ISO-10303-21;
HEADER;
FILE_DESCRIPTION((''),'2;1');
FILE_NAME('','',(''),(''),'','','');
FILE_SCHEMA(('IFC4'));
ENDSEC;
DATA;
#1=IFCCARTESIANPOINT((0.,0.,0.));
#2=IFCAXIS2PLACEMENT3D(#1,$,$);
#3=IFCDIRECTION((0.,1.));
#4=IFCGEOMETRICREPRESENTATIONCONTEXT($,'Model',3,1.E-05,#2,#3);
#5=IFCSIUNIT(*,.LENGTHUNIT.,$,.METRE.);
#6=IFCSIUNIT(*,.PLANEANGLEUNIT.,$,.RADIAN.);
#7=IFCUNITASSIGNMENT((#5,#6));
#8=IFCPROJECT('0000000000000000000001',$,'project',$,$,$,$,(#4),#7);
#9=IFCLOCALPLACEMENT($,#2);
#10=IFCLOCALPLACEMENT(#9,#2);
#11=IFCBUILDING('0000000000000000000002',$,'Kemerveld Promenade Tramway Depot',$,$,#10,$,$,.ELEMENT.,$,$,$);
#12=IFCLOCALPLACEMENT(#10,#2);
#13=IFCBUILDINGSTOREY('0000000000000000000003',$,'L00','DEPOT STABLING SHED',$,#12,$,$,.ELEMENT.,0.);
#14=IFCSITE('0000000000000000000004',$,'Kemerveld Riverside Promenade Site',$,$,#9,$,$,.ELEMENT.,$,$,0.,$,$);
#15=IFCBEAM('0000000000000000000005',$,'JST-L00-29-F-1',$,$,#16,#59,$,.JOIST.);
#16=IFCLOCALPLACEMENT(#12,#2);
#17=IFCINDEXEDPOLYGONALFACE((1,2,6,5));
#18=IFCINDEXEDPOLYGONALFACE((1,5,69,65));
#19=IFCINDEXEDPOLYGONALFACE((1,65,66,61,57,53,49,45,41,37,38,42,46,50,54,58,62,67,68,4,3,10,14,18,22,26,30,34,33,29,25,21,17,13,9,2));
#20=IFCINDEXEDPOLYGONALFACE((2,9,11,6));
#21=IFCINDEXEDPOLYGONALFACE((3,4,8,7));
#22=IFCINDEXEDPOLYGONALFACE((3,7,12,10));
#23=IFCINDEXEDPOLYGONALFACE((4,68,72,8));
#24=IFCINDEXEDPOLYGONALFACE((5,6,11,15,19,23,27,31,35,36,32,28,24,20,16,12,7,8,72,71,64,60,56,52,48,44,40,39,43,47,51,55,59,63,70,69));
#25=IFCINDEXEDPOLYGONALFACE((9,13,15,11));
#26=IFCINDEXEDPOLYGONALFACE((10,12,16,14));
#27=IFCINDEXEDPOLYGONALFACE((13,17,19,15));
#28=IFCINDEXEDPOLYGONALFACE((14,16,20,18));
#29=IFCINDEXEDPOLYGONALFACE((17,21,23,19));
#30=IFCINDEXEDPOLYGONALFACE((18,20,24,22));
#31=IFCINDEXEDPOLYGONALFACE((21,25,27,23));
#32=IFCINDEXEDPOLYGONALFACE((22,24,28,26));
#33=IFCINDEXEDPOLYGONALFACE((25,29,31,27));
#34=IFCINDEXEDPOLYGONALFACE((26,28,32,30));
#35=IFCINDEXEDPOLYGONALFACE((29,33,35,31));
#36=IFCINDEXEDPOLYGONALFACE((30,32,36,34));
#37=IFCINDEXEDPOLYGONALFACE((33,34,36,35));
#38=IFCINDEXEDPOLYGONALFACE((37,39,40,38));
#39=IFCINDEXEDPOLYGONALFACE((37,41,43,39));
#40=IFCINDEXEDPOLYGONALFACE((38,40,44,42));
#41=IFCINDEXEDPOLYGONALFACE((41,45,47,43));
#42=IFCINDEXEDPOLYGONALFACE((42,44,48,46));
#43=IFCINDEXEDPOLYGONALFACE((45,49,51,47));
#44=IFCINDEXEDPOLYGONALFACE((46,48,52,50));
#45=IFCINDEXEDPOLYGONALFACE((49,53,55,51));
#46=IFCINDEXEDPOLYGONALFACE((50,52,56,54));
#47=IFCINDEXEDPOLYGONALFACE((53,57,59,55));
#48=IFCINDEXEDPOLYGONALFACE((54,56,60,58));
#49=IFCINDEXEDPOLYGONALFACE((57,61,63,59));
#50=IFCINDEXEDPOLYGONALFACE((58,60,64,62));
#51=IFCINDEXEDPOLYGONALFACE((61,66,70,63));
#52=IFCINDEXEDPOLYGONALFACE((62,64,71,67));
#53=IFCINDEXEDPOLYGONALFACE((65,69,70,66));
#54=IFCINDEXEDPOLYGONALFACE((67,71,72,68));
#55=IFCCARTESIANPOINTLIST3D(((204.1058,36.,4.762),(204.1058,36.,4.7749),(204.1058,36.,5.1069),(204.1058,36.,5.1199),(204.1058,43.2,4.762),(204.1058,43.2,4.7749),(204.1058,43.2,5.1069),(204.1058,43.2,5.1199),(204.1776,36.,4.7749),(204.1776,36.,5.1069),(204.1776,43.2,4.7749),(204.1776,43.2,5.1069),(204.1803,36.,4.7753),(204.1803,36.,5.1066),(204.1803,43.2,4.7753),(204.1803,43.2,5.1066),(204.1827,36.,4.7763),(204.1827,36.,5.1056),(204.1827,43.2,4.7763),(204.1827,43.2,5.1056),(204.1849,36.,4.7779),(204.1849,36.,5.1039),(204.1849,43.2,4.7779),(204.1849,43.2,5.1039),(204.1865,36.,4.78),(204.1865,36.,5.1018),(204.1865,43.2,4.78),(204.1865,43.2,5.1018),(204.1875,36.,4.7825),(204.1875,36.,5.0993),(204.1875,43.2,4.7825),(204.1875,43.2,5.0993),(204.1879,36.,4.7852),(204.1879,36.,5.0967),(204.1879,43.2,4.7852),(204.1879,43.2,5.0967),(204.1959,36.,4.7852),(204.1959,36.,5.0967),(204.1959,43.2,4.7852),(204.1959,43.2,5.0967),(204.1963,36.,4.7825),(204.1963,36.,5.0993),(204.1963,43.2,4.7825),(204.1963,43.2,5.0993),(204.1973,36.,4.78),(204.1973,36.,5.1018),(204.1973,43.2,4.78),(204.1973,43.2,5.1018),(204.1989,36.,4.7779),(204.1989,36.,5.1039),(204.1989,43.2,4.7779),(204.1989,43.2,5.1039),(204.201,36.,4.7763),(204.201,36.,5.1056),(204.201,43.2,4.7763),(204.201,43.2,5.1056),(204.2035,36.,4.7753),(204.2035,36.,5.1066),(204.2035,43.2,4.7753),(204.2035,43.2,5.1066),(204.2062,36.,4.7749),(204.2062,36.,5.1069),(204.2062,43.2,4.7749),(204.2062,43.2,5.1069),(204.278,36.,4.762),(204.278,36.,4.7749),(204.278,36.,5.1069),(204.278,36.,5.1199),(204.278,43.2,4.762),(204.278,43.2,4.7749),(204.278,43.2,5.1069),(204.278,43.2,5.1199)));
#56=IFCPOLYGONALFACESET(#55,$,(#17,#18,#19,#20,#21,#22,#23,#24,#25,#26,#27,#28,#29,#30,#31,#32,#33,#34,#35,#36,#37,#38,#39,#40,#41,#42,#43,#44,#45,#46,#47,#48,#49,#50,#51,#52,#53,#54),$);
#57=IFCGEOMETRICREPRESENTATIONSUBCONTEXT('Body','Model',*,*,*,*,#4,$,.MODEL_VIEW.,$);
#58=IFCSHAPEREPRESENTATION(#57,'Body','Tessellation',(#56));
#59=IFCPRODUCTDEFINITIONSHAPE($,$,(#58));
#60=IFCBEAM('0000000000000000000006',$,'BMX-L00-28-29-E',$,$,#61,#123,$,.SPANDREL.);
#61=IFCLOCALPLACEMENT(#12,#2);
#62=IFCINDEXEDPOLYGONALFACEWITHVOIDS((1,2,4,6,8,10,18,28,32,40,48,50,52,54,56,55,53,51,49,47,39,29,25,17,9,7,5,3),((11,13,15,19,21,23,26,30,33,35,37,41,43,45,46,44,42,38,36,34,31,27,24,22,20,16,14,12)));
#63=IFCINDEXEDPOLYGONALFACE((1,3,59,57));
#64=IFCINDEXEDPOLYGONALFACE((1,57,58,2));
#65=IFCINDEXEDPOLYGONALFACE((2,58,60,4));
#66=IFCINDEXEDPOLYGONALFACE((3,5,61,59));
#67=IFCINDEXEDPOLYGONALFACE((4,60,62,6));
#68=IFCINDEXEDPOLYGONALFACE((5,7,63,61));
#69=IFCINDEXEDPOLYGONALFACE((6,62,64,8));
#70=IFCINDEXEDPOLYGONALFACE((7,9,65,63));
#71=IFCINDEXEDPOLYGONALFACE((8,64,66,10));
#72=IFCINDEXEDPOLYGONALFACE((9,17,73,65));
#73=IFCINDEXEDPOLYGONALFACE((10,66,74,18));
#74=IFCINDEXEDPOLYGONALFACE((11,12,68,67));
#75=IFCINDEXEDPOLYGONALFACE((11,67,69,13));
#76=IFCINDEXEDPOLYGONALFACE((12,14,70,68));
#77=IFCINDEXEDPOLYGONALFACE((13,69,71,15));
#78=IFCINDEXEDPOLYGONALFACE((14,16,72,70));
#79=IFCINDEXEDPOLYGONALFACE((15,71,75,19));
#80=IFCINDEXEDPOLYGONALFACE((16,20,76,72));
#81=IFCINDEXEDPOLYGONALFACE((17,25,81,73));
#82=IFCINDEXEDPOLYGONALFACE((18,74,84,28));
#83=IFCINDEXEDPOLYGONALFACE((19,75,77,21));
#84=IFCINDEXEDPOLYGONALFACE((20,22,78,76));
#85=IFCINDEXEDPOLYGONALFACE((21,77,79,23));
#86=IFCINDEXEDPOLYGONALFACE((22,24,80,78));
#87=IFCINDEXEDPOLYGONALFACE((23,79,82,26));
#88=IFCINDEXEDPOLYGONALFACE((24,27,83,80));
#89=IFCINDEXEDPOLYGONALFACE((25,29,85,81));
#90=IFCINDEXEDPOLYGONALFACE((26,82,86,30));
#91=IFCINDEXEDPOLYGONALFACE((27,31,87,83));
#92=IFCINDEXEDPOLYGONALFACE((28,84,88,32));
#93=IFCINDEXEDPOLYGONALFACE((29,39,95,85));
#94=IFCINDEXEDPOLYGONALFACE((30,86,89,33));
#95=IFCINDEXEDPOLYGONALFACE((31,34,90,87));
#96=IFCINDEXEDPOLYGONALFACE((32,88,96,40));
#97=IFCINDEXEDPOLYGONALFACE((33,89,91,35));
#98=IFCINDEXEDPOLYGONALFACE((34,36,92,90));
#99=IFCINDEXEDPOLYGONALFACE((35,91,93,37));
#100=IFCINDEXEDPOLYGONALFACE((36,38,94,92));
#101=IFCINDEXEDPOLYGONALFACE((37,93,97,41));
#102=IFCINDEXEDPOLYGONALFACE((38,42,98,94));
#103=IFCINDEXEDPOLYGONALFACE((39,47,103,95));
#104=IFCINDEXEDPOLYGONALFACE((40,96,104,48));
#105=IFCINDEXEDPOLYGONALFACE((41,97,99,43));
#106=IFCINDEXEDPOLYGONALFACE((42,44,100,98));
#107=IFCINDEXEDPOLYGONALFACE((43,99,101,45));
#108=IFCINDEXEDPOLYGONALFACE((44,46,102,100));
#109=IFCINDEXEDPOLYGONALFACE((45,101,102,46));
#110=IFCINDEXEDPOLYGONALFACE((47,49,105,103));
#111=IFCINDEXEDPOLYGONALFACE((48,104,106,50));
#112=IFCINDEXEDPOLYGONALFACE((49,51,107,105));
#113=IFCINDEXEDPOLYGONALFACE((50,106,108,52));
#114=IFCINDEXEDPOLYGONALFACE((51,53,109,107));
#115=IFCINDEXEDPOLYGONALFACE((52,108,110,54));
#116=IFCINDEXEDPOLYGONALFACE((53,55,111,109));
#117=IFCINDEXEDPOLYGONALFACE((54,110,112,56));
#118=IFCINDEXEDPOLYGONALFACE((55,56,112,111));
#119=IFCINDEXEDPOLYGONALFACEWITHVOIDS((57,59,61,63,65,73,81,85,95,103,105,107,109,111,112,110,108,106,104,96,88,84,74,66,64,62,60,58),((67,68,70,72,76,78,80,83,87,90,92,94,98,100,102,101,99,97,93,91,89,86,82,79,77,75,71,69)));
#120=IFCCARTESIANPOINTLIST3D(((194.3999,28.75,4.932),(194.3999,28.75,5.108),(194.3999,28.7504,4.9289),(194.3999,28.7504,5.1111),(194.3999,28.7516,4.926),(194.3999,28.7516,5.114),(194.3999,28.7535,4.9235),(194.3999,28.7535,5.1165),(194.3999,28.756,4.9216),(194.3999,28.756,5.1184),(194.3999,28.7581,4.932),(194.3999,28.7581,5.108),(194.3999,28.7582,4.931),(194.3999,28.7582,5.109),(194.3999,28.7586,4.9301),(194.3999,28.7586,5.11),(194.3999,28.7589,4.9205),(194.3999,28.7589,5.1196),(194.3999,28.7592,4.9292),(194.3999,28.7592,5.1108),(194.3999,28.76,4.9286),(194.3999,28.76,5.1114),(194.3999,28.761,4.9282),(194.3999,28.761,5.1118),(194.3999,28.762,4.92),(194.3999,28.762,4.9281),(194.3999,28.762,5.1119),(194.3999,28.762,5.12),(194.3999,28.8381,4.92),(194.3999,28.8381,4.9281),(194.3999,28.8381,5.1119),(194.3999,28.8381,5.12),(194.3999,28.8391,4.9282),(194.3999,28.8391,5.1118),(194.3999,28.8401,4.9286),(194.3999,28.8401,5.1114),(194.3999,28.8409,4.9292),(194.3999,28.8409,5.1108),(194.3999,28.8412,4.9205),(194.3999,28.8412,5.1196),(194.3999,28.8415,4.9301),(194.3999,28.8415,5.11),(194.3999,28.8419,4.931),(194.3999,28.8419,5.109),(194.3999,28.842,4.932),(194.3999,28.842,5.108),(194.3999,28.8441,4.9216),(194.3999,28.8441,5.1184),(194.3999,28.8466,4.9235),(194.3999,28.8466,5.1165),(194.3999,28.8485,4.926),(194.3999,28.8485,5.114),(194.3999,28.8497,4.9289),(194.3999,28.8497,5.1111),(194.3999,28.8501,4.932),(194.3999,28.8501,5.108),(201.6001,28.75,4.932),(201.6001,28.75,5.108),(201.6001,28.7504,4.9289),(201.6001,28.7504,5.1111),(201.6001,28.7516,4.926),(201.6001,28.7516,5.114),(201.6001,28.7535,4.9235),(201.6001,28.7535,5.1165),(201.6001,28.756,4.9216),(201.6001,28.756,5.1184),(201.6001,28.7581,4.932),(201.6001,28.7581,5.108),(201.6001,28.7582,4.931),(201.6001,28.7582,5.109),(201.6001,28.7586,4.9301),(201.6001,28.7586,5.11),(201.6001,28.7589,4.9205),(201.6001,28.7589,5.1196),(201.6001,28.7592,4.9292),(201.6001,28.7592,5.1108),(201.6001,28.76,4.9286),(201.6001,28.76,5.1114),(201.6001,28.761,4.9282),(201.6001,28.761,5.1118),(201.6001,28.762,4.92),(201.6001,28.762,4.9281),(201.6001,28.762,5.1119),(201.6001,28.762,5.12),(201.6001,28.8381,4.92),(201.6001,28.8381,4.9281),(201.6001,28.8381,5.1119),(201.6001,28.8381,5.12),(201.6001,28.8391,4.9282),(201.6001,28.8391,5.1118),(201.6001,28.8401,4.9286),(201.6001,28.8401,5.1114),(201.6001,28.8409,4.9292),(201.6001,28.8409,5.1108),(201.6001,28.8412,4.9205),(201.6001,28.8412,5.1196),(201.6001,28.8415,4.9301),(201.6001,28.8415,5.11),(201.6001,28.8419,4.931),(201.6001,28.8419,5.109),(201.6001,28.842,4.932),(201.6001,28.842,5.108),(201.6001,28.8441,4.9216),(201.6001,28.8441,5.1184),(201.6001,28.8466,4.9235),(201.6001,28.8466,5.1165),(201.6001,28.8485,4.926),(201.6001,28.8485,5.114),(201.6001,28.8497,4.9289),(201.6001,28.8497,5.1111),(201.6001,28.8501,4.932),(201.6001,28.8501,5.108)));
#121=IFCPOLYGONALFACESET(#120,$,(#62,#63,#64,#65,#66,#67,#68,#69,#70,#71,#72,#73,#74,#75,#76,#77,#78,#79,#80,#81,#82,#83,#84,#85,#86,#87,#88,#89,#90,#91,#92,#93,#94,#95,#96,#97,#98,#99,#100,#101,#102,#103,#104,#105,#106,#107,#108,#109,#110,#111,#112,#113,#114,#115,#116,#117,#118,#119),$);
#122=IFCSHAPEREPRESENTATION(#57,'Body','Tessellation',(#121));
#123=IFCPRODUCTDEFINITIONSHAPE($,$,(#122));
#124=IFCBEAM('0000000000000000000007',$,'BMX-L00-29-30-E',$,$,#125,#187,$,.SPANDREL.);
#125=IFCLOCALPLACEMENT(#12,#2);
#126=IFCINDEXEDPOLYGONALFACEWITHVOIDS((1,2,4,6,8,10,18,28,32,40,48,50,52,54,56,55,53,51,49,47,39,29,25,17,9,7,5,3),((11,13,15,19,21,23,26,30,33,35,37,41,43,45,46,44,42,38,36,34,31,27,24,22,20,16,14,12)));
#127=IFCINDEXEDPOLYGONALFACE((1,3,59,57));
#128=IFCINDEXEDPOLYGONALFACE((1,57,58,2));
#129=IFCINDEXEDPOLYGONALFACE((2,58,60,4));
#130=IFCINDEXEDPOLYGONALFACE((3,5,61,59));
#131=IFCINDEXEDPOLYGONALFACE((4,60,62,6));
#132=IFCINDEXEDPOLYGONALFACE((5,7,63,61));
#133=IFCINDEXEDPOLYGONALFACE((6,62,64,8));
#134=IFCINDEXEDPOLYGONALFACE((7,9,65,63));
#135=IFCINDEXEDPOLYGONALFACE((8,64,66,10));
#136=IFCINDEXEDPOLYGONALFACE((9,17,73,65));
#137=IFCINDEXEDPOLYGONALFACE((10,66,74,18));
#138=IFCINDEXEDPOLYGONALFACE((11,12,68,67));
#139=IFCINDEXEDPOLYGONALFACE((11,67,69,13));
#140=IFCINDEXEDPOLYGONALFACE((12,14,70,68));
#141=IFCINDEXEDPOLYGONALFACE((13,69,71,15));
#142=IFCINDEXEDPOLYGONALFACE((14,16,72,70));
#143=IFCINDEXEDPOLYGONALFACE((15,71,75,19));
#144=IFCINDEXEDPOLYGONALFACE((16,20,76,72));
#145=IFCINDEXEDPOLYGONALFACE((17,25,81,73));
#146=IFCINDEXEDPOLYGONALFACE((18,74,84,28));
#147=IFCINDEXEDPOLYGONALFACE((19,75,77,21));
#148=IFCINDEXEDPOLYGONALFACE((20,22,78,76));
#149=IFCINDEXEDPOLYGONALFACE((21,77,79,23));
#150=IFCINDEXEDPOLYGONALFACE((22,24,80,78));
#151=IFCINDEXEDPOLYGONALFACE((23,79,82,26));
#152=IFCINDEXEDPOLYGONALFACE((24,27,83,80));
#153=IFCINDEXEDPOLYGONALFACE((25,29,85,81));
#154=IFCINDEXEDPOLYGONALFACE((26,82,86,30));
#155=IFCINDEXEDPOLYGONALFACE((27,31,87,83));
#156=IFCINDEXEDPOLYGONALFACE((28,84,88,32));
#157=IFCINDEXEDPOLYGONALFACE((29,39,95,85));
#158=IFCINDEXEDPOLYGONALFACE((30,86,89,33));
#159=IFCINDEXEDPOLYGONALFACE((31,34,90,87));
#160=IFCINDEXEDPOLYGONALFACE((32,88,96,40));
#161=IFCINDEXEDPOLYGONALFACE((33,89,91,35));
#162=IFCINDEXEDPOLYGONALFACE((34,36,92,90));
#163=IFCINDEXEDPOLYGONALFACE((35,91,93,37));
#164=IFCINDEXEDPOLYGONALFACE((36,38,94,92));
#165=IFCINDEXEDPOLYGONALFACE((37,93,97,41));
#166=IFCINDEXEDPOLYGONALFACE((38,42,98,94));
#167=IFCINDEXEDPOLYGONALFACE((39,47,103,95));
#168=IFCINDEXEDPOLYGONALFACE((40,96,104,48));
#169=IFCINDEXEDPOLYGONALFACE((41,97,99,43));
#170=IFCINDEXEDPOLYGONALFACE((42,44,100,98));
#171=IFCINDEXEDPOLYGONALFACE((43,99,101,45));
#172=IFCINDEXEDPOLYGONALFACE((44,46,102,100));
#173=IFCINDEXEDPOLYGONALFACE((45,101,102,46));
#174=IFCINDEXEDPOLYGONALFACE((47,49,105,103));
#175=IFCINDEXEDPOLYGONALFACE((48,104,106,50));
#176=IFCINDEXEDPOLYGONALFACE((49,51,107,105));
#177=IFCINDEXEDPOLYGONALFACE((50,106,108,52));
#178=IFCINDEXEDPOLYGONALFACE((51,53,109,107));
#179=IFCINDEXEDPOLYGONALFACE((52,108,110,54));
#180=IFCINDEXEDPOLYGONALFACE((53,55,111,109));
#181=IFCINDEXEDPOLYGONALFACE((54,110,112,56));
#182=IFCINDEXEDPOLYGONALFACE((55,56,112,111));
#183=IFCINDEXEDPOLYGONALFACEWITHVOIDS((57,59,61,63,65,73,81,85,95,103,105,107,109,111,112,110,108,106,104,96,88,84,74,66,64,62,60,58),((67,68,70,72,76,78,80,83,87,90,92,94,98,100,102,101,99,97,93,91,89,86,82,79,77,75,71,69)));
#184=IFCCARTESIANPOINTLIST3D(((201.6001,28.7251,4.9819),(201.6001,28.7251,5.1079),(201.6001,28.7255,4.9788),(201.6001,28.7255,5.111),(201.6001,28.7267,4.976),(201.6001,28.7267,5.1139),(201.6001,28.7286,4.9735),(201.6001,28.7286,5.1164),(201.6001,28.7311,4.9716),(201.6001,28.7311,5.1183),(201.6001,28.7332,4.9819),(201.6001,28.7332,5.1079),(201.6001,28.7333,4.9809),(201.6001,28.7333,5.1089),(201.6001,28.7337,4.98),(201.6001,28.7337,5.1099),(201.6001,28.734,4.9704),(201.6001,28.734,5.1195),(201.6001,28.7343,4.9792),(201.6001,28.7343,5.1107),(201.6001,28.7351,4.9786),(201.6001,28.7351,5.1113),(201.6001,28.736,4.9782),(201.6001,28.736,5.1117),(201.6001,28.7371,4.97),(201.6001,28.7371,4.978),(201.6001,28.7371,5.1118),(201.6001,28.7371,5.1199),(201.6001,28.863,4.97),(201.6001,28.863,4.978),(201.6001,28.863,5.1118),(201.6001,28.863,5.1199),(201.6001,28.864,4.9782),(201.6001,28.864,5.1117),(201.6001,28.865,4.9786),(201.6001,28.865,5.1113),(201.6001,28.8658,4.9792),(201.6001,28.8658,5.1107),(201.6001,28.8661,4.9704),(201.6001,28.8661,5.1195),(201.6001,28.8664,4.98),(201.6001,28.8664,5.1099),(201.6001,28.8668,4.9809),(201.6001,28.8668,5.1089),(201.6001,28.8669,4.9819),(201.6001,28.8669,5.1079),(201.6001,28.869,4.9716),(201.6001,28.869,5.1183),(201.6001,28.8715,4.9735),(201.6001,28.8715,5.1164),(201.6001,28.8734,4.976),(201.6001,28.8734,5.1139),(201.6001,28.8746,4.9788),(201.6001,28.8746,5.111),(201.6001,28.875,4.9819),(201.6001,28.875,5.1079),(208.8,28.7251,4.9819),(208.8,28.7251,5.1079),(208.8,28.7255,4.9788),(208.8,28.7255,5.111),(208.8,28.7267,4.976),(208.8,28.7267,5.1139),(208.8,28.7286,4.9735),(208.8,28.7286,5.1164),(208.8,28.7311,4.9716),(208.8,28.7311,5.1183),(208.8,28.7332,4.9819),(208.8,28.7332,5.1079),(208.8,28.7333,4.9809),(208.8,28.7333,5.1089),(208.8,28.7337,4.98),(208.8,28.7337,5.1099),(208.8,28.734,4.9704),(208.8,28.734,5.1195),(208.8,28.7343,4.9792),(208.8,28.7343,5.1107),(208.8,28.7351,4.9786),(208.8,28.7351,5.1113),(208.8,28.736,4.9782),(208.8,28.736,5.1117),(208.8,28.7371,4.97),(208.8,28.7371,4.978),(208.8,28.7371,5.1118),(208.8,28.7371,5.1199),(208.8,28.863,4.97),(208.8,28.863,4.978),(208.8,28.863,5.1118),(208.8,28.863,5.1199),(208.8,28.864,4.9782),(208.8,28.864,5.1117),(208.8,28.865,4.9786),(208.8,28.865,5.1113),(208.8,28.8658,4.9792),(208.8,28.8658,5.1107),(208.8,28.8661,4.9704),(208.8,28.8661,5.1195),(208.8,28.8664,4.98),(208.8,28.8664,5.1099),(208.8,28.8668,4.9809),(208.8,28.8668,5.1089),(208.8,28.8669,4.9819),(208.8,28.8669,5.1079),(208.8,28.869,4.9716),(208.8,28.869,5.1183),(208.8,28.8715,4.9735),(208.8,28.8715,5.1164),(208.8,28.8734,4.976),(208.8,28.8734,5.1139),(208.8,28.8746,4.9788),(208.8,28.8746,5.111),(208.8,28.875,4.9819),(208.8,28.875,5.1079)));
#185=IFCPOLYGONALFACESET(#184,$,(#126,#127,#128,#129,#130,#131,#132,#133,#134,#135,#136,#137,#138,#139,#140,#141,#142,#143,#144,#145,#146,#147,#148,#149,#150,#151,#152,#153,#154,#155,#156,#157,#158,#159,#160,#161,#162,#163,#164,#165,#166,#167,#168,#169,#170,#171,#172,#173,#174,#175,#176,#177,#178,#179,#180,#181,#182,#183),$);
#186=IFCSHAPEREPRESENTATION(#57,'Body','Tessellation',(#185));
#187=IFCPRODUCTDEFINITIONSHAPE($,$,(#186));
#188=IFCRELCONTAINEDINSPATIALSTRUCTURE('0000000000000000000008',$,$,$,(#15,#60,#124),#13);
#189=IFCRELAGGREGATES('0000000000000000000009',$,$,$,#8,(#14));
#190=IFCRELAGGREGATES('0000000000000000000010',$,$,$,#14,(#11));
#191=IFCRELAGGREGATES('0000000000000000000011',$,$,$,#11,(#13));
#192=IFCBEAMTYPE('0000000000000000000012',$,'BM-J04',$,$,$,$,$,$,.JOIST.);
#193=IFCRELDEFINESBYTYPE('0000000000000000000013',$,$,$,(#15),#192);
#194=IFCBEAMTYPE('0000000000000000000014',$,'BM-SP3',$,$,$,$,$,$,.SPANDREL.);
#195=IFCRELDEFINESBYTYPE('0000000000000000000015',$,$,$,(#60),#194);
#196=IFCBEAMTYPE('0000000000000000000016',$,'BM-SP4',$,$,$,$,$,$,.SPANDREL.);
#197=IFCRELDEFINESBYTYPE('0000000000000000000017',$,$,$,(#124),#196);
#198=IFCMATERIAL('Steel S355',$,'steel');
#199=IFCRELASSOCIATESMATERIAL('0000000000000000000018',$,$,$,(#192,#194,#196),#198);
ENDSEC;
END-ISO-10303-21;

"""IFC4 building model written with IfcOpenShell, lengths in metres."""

from ifc_helpers import new_model, si_unit, direction, frame, origin, origin_2d, place, context, subcontext, project, spatial, hollow_rectangle, i_section, extrude, material, material_profile, profile_set, type_object, element, save


model = new_model("IFC4")

# Units and contexts
model_context = context("Model", 3, precision=1e-05, world=origin(), true_north=direction((0.0, 1.0)))
body_context = subcontext(model_context, "Body", "Model", "MODEL_VIEW")
ifc_project = project(units=[si_unit("LENGTHUNIT", "METRE"), si_unit("PLANEANGLEUNIT", "RADIAN")], contexts=[model_context])

# Site, building, storey
site_placement = place(None, origin())
site = spatial("IfcSite", under=ifc_project, at=site_placement, Name="Kemerveld Riverside Promenade Site", CompositionType="ELEMENT", RefElevation=0.0)
building_placement = place(site_placement, origin())
building = spatial("IfcBuilding", under=site, at=building_placement, Name="Kemerveld Promenade Tramway Depot", CompositionType="ELEMENT")
storey_placement = place(building_placement, origin())
storey = spatial("IfcBuildingStorey", under=building, at=storey_placement, Name="L00", Description="DEPOT STABLING SHED", CompositionType="ELEMENT", Elevation=0.0)

# Shared definitions
ifc_material_1 = material(Name="Steel S355", Category="steel")

# Beams
ifc_material_profile_1 = material_profile(ifc_material_1, i_section(OverallWidth=0.1721, OverallDepth=0.3579, WebThickness=0.0081, FlangeThickness=0.0129, FilletRadius=0.0103, at=origin_2d()), Name="356x171x57 UB")
ifc_profile_set_1 = profile_set([ifc_material_profile_1], Name="Steel S355")
beam_type_1 = type_object("IfcBeamType", Name="BM-J04", PredefinedType="JOIST", material=ifc_profile_set_1)
beam_1_placement = place(storey_placement, frame((204.1919, 36.0, 4.9409), z_axis=(0.0, 1.0, 0.0), x_axis=(-1.0, 0.0, 0.0)))
element("IfcBeam", 1, at=beam_1_placement, inside=storey, type_object=beam_type_1, Name="JST-L00-29-F-1", PredefinedType="JOIST", context=body_context, shape_type="SweptSolid", body=[
    extrude(i_section(OverallWidth=0.1721, OverallDepth=0.3579, WebThickness=0.0081, FlangeThickness=0.0129, FilletRadius=0.0103, at=origin_2d()), origin(), (0.0, 0.0, 1.0), 7.2),
])
ifc_material_profile_2 = material_profile(ifc_material_1, hollow_rectangle(XDim=0.1001, YDim=0.2, WallThickness=0.0081, InnerFilletRadius=0.0039, OuterFilletRadius=0.012, at=origin_2d()), Name="200x100x8.0 RHS")
ifc_profile_set_2 = profile_set([ifc_material_profile_2], Name="Steel S355")
beam_type_2 = type_object("IfcBeamType", Name="BM-SP3", PredefinedType="SPANDREL", material=ifc_profile_set_2)
beam_2_placement = place(storey_placement, frame((194.3999, 28.8, 5.02), z_axis=(1.0, 0.0, 0.0), x_axis=(0.0, 1.0, 0.0)))
element("IfcBeam", 2, at=beam_2_placement, inside=storey, type_object=beam_type_2, Name="BMX-L00-28-29-E", PredefinedType="SPANDREL", context=body_context, shape_type="SweptSolid", body=[
    extrude(hollow_rectangle(XDim=0.1001, YDim=0.2, WallThickness=0.0081, InnerFilletRadius=0.0039, OuterFilletRadius=0.012, at=origin_2d()), origin(), (0.0, 0.0, 1.0), 7.2002),
])
ifc_material_profile_3 = material_profile(ifc_material_1, hollow_rectangle(XDim=0.1499, YDim=0.1499, WallThickness=0.0081, InnerFilletRadius=0.0039, OuterFilletRadius=0.012, at=origin_2d()), Name="150x150x8.0 SHS")
ifc_profile_set_3 = profile_set([ifc_material_profile_3], Name="Steel S355")
beam_type_3 = type_object("IfcBeamType", Name="BM-SP4", PredefinedType="SPANDREL", material=ifc_profile_set_3)
beam_3_placement = place(storey_placement, frame((201.6001, 28.8, 5.0449), z_axis=(1.0, 0.0, 0.0), x_axis=(0.0, 1.0, 0.0)))
element("IfcBeam", 3, at=beam_3_placement, inside=storey, type_object=beam_type_3, Name="BMX-L00-29-30-E", PredefinedType="SPANDREL", context=body_context, shape_type="SweptSolid", body=[
    extrude(hollow_rectangle(XDim=0.1499, YDim=0.1499, WallThickness=0.0081, InnerFilletRadius=0.0039, OuterFilletRadius=0.012, at=origin_2d()), origin(), (0.0, 0.0, 1.0), 7.2),
])

save(model, "model.ifc")
